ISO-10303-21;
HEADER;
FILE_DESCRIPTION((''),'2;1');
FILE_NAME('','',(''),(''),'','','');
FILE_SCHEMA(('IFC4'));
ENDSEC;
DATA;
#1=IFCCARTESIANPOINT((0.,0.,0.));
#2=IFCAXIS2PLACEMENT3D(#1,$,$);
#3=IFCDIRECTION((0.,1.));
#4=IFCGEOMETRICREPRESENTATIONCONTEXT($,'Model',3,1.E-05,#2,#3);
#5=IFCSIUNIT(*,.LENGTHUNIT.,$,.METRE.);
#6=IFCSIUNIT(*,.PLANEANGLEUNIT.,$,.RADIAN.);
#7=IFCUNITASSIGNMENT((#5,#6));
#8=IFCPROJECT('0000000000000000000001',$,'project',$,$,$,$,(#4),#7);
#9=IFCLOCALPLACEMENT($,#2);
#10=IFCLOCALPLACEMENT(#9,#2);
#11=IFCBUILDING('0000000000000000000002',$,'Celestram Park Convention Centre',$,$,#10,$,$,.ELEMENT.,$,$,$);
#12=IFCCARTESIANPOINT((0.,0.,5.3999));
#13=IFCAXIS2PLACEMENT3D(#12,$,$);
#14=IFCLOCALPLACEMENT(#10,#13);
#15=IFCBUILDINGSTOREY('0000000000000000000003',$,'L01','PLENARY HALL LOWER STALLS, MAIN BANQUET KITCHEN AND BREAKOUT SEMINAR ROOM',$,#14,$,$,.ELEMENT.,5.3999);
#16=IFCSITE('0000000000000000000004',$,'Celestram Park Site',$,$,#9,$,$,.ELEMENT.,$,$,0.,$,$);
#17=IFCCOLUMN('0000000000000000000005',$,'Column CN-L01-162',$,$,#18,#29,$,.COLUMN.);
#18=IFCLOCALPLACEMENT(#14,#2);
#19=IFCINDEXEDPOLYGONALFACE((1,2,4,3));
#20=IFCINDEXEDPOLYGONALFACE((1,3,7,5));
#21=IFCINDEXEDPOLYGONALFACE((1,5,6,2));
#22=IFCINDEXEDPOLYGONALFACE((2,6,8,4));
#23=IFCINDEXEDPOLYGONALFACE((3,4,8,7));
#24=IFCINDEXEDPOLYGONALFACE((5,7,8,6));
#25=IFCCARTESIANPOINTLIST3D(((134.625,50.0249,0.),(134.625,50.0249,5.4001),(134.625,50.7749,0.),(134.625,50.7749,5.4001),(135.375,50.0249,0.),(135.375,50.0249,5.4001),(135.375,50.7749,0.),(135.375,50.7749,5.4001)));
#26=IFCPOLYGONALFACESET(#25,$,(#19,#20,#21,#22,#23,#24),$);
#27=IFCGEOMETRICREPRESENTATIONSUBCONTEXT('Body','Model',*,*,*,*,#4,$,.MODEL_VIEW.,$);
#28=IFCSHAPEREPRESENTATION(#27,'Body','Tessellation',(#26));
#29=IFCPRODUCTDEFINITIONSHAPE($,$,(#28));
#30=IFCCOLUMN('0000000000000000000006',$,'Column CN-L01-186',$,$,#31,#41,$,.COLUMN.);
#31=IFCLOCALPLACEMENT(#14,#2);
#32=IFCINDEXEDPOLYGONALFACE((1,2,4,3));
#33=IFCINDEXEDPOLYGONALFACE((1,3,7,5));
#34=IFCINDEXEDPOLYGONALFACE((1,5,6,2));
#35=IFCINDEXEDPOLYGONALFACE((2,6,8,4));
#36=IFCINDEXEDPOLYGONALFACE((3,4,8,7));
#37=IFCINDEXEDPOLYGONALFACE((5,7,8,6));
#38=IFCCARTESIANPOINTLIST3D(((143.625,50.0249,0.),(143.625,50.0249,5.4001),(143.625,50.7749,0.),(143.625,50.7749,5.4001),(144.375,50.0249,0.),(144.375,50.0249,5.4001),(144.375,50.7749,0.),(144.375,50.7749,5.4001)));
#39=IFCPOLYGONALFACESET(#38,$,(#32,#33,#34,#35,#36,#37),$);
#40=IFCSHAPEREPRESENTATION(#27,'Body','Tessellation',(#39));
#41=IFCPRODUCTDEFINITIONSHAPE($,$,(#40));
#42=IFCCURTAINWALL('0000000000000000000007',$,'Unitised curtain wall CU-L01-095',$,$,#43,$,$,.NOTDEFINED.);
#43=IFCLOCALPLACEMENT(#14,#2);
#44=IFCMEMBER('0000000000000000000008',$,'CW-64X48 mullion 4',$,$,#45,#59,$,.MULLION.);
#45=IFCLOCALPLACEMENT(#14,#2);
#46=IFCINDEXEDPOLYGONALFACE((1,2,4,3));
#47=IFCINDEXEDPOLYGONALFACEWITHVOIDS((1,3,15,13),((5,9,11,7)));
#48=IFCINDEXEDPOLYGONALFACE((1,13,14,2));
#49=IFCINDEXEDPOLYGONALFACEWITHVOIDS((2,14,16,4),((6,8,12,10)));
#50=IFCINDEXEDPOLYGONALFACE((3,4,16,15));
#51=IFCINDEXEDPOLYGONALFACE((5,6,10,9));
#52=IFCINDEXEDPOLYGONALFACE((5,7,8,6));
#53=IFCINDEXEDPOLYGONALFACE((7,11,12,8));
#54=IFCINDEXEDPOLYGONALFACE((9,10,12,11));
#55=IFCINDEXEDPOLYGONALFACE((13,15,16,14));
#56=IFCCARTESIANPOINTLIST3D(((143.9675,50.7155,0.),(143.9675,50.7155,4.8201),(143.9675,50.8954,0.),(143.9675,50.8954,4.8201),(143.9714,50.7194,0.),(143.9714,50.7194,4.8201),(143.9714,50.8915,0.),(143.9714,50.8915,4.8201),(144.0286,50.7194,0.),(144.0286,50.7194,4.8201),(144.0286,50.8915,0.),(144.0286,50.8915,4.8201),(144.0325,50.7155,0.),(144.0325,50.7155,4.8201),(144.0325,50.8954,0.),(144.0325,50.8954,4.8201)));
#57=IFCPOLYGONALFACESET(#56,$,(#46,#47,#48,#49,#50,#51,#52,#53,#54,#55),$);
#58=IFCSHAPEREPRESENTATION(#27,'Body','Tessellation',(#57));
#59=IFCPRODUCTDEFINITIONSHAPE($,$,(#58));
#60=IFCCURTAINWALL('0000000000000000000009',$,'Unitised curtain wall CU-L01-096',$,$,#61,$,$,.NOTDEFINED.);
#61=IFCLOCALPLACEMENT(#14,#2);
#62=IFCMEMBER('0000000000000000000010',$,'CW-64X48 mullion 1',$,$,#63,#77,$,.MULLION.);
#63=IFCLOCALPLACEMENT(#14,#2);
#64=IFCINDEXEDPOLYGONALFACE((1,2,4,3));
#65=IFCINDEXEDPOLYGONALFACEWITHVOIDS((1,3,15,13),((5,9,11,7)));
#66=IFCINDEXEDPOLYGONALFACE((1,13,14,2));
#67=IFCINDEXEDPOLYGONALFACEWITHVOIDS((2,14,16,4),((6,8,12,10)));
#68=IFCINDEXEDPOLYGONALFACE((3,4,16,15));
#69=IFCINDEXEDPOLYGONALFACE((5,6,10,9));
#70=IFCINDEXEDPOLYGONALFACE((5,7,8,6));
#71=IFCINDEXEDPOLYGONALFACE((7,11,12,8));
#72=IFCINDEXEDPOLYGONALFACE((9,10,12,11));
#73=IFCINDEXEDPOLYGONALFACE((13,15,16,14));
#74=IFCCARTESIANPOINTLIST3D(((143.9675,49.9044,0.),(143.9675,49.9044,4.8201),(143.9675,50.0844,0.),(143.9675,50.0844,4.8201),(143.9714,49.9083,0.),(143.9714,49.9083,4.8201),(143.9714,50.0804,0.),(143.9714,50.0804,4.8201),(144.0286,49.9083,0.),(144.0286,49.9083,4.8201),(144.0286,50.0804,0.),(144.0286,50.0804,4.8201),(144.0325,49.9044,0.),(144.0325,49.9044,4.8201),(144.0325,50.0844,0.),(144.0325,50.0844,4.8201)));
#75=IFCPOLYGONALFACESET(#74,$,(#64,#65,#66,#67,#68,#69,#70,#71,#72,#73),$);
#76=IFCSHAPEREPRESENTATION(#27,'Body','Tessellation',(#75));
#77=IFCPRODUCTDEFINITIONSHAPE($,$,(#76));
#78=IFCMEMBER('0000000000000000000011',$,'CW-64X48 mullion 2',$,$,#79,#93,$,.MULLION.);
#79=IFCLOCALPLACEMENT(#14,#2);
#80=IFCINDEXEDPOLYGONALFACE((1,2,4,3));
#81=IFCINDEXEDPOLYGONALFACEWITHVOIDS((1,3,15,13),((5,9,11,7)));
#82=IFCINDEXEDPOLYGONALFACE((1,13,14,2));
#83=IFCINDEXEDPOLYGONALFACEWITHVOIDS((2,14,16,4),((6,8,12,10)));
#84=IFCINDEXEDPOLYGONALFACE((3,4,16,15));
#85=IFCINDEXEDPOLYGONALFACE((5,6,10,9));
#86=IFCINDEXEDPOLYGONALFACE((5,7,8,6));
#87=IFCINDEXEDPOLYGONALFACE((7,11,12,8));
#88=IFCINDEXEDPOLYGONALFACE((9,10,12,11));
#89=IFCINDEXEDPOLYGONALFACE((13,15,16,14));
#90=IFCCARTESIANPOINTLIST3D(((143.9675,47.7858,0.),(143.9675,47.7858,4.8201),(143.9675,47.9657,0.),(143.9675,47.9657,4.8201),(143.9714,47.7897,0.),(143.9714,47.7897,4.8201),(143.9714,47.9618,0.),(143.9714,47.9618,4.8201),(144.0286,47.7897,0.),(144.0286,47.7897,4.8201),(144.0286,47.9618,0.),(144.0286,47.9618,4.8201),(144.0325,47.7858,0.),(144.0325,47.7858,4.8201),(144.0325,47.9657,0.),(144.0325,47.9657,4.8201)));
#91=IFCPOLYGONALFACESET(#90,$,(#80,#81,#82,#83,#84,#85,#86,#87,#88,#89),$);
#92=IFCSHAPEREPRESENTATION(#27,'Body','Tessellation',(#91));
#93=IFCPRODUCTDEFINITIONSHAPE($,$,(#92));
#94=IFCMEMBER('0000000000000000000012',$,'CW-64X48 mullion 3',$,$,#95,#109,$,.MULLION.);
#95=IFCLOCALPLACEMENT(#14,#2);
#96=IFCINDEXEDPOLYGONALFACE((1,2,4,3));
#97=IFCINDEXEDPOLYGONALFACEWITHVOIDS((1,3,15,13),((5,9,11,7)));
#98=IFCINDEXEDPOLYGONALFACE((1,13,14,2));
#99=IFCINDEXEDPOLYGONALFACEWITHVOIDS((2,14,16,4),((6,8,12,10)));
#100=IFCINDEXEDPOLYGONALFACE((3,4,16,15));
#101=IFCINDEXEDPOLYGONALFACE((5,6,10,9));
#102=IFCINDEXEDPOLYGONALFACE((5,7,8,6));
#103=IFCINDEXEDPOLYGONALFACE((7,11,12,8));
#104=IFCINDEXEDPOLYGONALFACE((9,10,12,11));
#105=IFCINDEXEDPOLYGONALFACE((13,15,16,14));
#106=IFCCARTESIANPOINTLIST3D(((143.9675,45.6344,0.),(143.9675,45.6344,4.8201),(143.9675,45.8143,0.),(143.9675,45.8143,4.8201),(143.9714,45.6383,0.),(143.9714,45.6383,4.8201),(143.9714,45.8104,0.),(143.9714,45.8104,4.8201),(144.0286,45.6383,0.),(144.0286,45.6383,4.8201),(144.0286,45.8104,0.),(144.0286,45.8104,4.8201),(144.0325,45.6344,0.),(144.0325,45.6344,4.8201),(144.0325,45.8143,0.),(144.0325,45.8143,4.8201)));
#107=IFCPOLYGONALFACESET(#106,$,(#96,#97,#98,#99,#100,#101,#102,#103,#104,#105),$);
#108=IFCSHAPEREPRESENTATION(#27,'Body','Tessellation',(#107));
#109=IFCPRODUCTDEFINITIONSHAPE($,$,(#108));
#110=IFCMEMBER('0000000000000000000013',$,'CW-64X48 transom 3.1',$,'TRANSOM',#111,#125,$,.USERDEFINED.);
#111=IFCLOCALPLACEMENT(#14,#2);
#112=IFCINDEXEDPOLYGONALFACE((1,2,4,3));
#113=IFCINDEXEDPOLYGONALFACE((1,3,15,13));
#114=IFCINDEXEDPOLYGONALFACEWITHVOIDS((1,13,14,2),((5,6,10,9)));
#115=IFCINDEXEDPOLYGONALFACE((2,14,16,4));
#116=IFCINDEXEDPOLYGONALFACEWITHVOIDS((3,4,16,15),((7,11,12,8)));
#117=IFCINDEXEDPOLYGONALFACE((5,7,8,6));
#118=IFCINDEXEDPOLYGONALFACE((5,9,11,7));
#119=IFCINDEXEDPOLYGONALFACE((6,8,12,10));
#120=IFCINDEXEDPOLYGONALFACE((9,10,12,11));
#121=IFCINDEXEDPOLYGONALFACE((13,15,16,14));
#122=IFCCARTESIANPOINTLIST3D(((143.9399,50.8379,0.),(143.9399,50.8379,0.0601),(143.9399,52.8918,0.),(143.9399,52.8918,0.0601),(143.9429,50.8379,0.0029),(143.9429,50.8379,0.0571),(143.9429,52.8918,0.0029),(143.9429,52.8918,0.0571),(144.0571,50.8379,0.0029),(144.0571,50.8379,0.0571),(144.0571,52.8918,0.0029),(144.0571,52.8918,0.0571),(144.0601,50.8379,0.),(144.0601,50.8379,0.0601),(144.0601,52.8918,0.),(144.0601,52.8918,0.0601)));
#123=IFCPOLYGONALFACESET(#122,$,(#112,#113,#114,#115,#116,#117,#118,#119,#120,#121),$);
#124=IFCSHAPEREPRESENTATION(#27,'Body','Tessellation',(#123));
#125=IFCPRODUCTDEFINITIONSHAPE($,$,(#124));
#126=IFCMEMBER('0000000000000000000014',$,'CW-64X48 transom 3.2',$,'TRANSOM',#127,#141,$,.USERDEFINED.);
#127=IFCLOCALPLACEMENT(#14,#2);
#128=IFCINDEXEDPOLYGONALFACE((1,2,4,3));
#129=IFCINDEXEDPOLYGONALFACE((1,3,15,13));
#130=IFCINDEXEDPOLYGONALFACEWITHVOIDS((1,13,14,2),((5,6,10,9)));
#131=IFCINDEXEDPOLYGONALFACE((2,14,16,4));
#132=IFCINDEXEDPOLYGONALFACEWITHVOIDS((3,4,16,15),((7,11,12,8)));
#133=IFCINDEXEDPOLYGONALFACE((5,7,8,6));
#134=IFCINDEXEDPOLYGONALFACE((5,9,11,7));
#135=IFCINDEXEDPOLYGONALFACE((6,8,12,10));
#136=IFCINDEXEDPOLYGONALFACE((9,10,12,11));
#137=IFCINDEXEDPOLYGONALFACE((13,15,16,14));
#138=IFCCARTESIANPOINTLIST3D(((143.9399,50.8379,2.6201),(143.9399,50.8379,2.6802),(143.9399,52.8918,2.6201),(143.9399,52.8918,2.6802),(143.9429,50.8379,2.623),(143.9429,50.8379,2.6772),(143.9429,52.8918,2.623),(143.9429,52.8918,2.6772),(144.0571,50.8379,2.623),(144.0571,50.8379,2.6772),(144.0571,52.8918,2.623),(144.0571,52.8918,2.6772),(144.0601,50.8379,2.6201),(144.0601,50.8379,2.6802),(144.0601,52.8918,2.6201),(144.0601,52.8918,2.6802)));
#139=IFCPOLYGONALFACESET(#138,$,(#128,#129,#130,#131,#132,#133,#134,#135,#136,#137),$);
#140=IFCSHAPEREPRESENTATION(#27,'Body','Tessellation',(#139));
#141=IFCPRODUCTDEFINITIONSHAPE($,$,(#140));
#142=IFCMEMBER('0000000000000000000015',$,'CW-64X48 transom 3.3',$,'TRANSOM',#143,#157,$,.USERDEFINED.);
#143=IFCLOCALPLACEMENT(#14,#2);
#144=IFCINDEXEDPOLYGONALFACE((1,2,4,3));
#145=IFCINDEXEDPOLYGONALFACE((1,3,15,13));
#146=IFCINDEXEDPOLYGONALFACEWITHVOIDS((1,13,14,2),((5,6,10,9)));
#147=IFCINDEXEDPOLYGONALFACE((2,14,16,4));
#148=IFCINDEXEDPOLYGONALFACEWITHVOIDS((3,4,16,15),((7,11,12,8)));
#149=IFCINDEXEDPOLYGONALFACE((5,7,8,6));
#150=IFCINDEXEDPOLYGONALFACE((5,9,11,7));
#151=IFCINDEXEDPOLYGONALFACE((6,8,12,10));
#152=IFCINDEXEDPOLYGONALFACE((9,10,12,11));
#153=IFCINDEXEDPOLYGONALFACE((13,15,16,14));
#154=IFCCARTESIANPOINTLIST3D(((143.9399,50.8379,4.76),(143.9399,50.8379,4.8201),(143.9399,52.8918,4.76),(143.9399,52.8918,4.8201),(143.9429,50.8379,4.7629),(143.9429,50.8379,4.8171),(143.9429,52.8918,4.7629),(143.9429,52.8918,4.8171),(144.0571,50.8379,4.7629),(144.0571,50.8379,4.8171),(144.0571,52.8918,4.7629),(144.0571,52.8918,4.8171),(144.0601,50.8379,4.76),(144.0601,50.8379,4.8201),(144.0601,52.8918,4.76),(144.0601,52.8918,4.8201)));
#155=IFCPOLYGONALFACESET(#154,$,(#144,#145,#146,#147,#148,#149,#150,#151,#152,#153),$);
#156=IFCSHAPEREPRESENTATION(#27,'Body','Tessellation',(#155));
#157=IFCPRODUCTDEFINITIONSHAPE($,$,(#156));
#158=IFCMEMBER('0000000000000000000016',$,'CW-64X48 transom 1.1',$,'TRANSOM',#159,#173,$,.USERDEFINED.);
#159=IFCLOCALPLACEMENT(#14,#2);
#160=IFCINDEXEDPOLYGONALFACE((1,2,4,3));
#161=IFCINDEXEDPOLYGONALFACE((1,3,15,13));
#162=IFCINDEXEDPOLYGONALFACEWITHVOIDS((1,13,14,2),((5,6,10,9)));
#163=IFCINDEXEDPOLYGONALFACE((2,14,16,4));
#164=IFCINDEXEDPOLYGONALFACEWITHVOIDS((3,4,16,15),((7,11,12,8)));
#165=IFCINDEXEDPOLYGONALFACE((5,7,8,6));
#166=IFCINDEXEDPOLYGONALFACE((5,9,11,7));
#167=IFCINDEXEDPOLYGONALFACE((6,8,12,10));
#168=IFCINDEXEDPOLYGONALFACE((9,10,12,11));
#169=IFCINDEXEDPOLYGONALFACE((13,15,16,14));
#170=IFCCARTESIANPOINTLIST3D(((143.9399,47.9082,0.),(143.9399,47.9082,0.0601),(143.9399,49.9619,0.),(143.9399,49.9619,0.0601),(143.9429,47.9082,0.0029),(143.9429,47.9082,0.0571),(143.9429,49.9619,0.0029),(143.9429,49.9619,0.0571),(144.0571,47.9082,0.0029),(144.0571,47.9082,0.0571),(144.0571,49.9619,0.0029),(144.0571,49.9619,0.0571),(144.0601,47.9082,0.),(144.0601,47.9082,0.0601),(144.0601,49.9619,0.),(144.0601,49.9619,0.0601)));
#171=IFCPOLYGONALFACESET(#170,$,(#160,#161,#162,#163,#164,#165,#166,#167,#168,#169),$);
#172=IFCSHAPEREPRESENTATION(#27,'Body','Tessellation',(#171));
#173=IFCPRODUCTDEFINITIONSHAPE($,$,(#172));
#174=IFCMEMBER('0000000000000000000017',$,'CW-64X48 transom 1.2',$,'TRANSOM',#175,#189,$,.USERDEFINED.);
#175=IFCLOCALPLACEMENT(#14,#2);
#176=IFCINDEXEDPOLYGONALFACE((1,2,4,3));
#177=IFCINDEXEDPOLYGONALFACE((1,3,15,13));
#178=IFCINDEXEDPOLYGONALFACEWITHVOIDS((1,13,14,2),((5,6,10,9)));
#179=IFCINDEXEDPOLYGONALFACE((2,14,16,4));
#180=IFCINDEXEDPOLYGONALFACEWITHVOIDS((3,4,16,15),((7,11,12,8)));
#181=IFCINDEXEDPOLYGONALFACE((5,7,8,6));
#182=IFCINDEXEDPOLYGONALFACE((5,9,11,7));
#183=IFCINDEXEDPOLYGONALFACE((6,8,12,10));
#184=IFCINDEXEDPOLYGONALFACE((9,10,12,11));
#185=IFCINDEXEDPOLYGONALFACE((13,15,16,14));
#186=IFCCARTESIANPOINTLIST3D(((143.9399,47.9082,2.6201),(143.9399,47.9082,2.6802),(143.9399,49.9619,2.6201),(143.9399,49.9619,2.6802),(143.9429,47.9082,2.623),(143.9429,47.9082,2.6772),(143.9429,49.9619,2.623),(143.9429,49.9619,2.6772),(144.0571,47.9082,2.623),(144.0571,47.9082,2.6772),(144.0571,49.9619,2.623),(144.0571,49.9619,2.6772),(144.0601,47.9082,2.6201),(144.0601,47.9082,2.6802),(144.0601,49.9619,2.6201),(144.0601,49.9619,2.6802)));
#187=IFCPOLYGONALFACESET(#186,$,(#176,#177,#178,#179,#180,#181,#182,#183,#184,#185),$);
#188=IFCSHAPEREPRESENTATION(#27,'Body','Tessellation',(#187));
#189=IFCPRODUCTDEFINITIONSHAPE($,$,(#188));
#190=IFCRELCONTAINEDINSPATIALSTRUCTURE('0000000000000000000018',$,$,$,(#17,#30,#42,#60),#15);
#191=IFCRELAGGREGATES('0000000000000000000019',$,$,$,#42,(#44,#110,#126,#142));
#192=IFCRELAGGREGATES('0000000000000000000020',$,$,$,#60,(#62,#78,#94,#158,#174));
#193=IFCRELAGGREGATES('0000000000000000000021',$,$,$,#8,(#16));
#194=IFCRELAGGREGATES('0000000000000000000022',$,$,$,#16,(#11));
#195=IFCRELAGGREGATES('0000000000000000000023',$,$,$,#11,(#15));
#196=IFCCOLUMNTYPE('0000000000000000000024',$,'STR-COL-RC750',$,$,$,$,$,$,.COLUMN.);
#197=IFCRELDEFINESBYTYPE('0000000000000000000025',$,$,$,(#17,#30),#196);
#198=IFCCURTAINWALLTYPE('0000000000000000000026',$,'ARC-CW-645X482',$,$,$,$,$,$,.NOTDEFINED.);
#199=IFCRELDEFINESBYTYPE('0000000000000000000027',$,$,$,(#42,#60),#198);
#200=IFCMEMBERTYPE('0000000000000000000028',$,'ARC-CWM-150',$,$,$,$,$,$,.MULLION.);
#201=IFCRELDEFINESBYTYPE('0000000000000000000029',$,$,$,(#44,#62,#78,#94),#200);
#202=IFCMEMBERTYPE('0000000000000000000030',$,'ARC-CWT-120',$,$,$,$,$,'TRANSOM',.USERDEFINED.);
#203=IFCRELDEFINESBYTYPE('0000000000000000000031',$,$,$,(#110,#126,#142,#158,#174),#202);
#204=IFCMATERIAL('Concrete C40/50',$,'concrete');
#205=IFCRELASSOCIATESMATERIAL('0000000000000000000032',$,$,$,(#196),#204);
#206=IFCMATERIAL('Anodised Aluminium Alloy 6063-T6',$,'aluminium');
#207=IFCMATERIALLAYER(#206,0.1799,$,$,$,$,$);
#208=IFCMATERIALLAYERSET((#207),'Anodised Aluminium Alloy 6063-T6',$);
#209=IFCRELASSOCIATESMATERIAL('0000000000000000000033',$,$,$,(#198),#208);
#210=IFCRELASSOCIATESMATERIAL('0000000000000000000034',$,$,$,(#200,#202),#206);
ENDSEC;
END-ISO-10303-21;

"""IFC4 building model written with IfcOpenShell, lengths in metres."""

from ifc_helpers import new_model, si_unit, direction, frame, origin, origin_2d, place, context, subcontext, project, spatial, rectangle, hollow_rectangle, extrude, material, layer, layer_set, material_profile, profile_set, type_object, element, aggregate, save


model = new_model("IFC4")

# Units and contexts
model_context = context("Model", 3, precision=1e-05, world=origin(), true_north=direction((0.0, 1.0)))
body_context = subcontext(model_context, "Body", "Model", "MODEL_VIEW")
ifc_project = project(units=[si_unit("LENGTHUNIT", "METRE"), si_unit("PLANEANGLEUNIT", "RADIAN")], contexts=[model_context])

# Site, building, storey
site_placement = place(None, origin())
site = spatial("IfcSite", under=ifc_project, at=site_placement, Name="Celestram Park Site", CompositionType="ELEMENT", RefElevation=0.0)
building_placement = place(site_placement, origin())
building = spatial("IfcBuilding", under=site, at=building_placement, Name="Celestram Park Convention Centre", CompositionType="ELEMENT")
storey_placement = place(building_placement, frame((0.0, 0.0, 5.3999)))
storey = spatial("IfcBuildingStorey", under=building, at=storey_placement, Name="L01", Description="PLENARY HALL LOWER STALLS, MAIN BANQUET KITCHEN AND BREAKOUT SEMINAR ROOM", CompositionType="ELEMENT", Elevation=5.3999)

# Columns
ifc_material_1 = material(Name="Concrete C40/50", Category="concrete")
ifc_material_profile_1 = material_profile(ifc_material_1, rectangle(XDim=0.75, YDim=0.75, at=origin_2d()), Name="RC750X750")
ifc_profile_set_1 = profile_set([ifc_material_profile_1], Name="Concrete C40/50")
column_type = type_object("IfcColumnType", Name="STR-COL-RC750", PredefinedType="COLUMN", material=ifc_profile_set_1)
for number, where, z_axis, x_axis, name in (
    (1, (135.0, 50.3999, 0.0), (0.0, 0.0, 1.0), (1.0, 0.0, 0.0), "Column CN-L01-162"),
    (2, (144.0, 50.3999, 0.0), (0.0, 0.0, 1.0), (1.0, 0.0, 0.0), "Column CN-L01-186"),
):
    element("IfcColumn", number, at=place(storey_placement, frame(where, z_axis=z_axis, x_axis=x_axis)), inside=storey, type_object=column_type, Name=name, PredefinedType="COLUMN", context=body_context, shape_type="SweptSolid", body=[
        extrude(rectangle(XDim=0.75, YDim=0.75, at=origin_2d()), origin(), (0.0, 0.0, 1.0), 5.4001),
    ])

# Curtain wall, member
ifc_material_2 = material(Name="Anodised Aluminium Alloy 6063-T6", Category="aluminium")
ifc_layer_1 = layer(ifc_material_2, 0.1799)
ifc_layer_set_1 = layer_set([ifc_layer_1], Name="Anodised Aluminium Alloy 6063-T6")
curtain_wall_type = type_object("IfcCurtainWallType", Name="ARC-CW-645X482", PredefinedType="NOTDEFINED", material=ifc_layer_set_1)
curtain_wall_1_placement = place(storey_placement, origin())
curtain_wall_1 = element("IfcCurtainWall", 3, at=curtain_wall_1_placement, inside=storey, type_object=curtain_wall_type, Name="Unitised curtain wall CU-L01-095", PredefinedType="NOTDEFINED")
ifc_material_profile_2 = material_profile(ifc_material_2, hollow_rectangle(XDim=0.0649, YDim=0.1799, WallThickness=0.0039, at=origin_2d()), Name="ALU65X180X4")
ifc_profile_set_2 = profile_set([ifc_material_profile_2], Name="Anodised Aluminium Alloy 6063-T6")
member_type_1 = type_object("IfcMemberType", Name="ARC-CWM-150", PredefinedType="MULLION", material=ifc_profile_set_2)
member_1_placement = place(storey_placement, frame((144.0, 50.8054, 0.0), z_axis=(0.0, 0.0, 1.0), x_axis=(1.0, 0.0, 0.0)))
member_1 = element("IfcMember", 4, at=member_1_placement, type_object=member_type_1, Name="CW-64X48 mullion 4", PredefinedType="MULLION", context=body_context, shape_type="SweptSolid", body=[
    extrude(hollow_rectangle(XDim=0.0649, YDim=0.1799, WallThickness=0.0039, at=origin_2d()), origin(), (0.0, 0.0, 1.0), 4.8201),
])

# Curtain wall, members
curtain_wall_2_placement = place(storey_placement, origin())
curtain_wall_2 = element("IfcCurtainWall", 5, at=curtain_wall_2_placement, inside=storey, type_object=curtain_wall_type, Name="Unitised curtain wall CU-L01-096", PredefinedType="NOTDEFINED")
member_2_placement = place(storey_placement, frame((144.0, 49.9944, 0.0), z_axis=(0.0, 0.0, 1.0), x_axis=(1.0, 0.0, 0.0)))
member_2 = element("IfcMember", 6, at=member_2_placement, type_object=member_type_1, Name="CW-64X48 mullion 1", PredefinedType="MULLION", context=body_context, shape_type="SweptSolid", body=[
    extrude(hollow_rectangle(XDim=0.0649, YDim=0.1799, WallThickness=0.0039, at=origin_2d()), origin(), (0.0, 0.0, 1.0), 4.8201),
])
member_3_placement = place(storey_placement, frame((144.0, 47.8757, 0.0), z_axis=(0.0, 0.0, 1.0), x_axis=(1.0, 0.0, 0.0)))
member_3 = element("IfcMember", 7, at=member_3_placement, type_object=member_type_1, Name="CW-64X48 mullion 2", PredefinedType="MULLION", context=body_context, shape_type="SweptSolid", body=[
    extrude(hollow_rectangle(XDim=0.0649, YDim=0.1799, WallThickness=0.0039, at=origin_2d()), origin(), (0.0, 0.0, 1.0), 4.8201),
])
member_4_placement = place(storey_placement, frame((144.0, 45.7244, 0.0), z_axis=(0.0, 0.0, 1.0), x_axis=(1.0, 0.0, 0.0)))
member_4 = element("IfcMember", 8, at=member_4_placement, type_object=member_type_1, Name="CW-64X48 mullion 3", PredefinedType="MULLION", context=body_context, shape_type="SweptSolid", body=[
    extrude(hollow_rectangle(XDim=0.0649, YDim=0.1799, WallThickness=0.0039, at=origin_2d()), origin(), (0.0, 0.0, 1.0), 4.8201),
])

# Members
ifc_material_profile_3 = material_profile(ifc_material_2, hollow_rectangle(XDim=0.1201, YDim=0.0601, WallThickness=0.0029, at=origin_2d()), Name="ALU120X60X3")
ifc_profile_set_3 = profile_set([ifc_material_profile_3], Name="Anodised Aluminium Alloy 6063-T6")
member_type_2 = type_object("IfcMemberType", Name="ARC-CWT-120", ElementType="TRANSOM", PredefinedType="USERDEFINED", material=ifc_profile_set_3)
member_5_placement = place(storey_placement, frame((144.0, 52.8918, 0.03), z_axis=(0.0, -1.0, 0.0), x_axis=(1.0, 0.0, 0.0)))
member_5 = element("IfcMember", 9, at=member_5_placement, type_object=member_type_2, Name="CW-64X48 transom 3.1", ObjectType="TRANSOM", PredefinedType="USERDEFINED", context=body_context, shape_type="SweptSolid", body=[
    extrude(hollow_rectangle(XDim=0.1201, YDim=0.0601, WallThickness=0.0029, at=origin_2d()), origin(), (0.0, 0.0, 1.0), 2.054),
])
member_6_placement = place(storey_placement, frame((144.0, 52.8918, 2.6501), z_axis=(0.0, -1.0, 0.0), x_axis=(1.0, 0.0, 0.0)))
member_6 = element("IfcMember", 10, at=member_6_placement, type_object=member_type_2, Name="CW-64X48 transom 3.2", ObjectType="TRANSOM", PredefinedType="USERDEFINED", context=body_context, shape_type="SweptSolid", body=[
    extrude(hollow_rectangle(XDim=0.1201, YDim=0.0601, WallThickness=0.0029, at=origin_2d()), origin(), (0.0, 0.0, 1.0), 2.054),
])
member_7_placement = place(storey_placement, frame((144.0, 52.8918, 4.79), z_axis=(0.0, -1.0, 0.0), x_axis=(1.0, 0.0, 0.0)))
member_7 = element("IfcMember", 11, at=member_7_placement, type_object=member_type_2, Name="CW-64X48 transom 3.3", ObjectType="TRANSOM", PredefinedType="USERDEFINED", context=body_context, shape_type="SweptSolid", body=[
    extrude(hollow_rectangle(XDim=0.1201, YDim=0.0601, WallThickness=0.0029, at=origin_2d()), origin(), (0.0, 0.0, 1.0), 2.054),
])
member_8_placement = place(storey_placement, frame((144.0, 49.9619, 0.03), z_axis=(0.0, -1.0, 0.0), x_axis=(1.0, 0.0, 0.0)))
member_8 = element("IfcMember", 12, at=member_8_placement, type_object=member_type_2, Name="CW-64X48 transom 1.1", ObjectType="TRANSOM", PredefinedType="USERDEFINED", context=body_context, shape_type="SweptSolid", body=[
    extrude(hollow_rectangle(XDim=0.1201, YDim=0.0601, WallThickness=0.0029, at=origin_2d()), origin(), (0.0, 0.0, 1.0), 2.0537),
])
member_9_placement = place(storey_placement, frame((144.0, 49.9619, 2.6501), z_axis=(0.0, -1.0, 0.0), x_axis=(1.0, 0.0, 0.0)))
member_9 = element("IfcMember", 13, at=member_9_placement, type_object=member_type_2, Name="CW-64X48 transom 1.2", ObjectType="TRANSOM", PredefinedType="USERDEFINED", context=body_context, shape_type="SweptSolid", body=[
    extrude(hollow_rectangle(XDim=0.1201, YDim=0.0601, WallThickness=0.0029, at=origin_2d()), origin(), (0.0, 0.0, 1.0), 2.0537),
])

aggregate(curtain_wall_1, [member_1, member_5, member_6, member_7])
aggregate(curtain_wall_2, [member_2, member_3, member_4, member_8, member_9])

save(model, "model.ifc")
